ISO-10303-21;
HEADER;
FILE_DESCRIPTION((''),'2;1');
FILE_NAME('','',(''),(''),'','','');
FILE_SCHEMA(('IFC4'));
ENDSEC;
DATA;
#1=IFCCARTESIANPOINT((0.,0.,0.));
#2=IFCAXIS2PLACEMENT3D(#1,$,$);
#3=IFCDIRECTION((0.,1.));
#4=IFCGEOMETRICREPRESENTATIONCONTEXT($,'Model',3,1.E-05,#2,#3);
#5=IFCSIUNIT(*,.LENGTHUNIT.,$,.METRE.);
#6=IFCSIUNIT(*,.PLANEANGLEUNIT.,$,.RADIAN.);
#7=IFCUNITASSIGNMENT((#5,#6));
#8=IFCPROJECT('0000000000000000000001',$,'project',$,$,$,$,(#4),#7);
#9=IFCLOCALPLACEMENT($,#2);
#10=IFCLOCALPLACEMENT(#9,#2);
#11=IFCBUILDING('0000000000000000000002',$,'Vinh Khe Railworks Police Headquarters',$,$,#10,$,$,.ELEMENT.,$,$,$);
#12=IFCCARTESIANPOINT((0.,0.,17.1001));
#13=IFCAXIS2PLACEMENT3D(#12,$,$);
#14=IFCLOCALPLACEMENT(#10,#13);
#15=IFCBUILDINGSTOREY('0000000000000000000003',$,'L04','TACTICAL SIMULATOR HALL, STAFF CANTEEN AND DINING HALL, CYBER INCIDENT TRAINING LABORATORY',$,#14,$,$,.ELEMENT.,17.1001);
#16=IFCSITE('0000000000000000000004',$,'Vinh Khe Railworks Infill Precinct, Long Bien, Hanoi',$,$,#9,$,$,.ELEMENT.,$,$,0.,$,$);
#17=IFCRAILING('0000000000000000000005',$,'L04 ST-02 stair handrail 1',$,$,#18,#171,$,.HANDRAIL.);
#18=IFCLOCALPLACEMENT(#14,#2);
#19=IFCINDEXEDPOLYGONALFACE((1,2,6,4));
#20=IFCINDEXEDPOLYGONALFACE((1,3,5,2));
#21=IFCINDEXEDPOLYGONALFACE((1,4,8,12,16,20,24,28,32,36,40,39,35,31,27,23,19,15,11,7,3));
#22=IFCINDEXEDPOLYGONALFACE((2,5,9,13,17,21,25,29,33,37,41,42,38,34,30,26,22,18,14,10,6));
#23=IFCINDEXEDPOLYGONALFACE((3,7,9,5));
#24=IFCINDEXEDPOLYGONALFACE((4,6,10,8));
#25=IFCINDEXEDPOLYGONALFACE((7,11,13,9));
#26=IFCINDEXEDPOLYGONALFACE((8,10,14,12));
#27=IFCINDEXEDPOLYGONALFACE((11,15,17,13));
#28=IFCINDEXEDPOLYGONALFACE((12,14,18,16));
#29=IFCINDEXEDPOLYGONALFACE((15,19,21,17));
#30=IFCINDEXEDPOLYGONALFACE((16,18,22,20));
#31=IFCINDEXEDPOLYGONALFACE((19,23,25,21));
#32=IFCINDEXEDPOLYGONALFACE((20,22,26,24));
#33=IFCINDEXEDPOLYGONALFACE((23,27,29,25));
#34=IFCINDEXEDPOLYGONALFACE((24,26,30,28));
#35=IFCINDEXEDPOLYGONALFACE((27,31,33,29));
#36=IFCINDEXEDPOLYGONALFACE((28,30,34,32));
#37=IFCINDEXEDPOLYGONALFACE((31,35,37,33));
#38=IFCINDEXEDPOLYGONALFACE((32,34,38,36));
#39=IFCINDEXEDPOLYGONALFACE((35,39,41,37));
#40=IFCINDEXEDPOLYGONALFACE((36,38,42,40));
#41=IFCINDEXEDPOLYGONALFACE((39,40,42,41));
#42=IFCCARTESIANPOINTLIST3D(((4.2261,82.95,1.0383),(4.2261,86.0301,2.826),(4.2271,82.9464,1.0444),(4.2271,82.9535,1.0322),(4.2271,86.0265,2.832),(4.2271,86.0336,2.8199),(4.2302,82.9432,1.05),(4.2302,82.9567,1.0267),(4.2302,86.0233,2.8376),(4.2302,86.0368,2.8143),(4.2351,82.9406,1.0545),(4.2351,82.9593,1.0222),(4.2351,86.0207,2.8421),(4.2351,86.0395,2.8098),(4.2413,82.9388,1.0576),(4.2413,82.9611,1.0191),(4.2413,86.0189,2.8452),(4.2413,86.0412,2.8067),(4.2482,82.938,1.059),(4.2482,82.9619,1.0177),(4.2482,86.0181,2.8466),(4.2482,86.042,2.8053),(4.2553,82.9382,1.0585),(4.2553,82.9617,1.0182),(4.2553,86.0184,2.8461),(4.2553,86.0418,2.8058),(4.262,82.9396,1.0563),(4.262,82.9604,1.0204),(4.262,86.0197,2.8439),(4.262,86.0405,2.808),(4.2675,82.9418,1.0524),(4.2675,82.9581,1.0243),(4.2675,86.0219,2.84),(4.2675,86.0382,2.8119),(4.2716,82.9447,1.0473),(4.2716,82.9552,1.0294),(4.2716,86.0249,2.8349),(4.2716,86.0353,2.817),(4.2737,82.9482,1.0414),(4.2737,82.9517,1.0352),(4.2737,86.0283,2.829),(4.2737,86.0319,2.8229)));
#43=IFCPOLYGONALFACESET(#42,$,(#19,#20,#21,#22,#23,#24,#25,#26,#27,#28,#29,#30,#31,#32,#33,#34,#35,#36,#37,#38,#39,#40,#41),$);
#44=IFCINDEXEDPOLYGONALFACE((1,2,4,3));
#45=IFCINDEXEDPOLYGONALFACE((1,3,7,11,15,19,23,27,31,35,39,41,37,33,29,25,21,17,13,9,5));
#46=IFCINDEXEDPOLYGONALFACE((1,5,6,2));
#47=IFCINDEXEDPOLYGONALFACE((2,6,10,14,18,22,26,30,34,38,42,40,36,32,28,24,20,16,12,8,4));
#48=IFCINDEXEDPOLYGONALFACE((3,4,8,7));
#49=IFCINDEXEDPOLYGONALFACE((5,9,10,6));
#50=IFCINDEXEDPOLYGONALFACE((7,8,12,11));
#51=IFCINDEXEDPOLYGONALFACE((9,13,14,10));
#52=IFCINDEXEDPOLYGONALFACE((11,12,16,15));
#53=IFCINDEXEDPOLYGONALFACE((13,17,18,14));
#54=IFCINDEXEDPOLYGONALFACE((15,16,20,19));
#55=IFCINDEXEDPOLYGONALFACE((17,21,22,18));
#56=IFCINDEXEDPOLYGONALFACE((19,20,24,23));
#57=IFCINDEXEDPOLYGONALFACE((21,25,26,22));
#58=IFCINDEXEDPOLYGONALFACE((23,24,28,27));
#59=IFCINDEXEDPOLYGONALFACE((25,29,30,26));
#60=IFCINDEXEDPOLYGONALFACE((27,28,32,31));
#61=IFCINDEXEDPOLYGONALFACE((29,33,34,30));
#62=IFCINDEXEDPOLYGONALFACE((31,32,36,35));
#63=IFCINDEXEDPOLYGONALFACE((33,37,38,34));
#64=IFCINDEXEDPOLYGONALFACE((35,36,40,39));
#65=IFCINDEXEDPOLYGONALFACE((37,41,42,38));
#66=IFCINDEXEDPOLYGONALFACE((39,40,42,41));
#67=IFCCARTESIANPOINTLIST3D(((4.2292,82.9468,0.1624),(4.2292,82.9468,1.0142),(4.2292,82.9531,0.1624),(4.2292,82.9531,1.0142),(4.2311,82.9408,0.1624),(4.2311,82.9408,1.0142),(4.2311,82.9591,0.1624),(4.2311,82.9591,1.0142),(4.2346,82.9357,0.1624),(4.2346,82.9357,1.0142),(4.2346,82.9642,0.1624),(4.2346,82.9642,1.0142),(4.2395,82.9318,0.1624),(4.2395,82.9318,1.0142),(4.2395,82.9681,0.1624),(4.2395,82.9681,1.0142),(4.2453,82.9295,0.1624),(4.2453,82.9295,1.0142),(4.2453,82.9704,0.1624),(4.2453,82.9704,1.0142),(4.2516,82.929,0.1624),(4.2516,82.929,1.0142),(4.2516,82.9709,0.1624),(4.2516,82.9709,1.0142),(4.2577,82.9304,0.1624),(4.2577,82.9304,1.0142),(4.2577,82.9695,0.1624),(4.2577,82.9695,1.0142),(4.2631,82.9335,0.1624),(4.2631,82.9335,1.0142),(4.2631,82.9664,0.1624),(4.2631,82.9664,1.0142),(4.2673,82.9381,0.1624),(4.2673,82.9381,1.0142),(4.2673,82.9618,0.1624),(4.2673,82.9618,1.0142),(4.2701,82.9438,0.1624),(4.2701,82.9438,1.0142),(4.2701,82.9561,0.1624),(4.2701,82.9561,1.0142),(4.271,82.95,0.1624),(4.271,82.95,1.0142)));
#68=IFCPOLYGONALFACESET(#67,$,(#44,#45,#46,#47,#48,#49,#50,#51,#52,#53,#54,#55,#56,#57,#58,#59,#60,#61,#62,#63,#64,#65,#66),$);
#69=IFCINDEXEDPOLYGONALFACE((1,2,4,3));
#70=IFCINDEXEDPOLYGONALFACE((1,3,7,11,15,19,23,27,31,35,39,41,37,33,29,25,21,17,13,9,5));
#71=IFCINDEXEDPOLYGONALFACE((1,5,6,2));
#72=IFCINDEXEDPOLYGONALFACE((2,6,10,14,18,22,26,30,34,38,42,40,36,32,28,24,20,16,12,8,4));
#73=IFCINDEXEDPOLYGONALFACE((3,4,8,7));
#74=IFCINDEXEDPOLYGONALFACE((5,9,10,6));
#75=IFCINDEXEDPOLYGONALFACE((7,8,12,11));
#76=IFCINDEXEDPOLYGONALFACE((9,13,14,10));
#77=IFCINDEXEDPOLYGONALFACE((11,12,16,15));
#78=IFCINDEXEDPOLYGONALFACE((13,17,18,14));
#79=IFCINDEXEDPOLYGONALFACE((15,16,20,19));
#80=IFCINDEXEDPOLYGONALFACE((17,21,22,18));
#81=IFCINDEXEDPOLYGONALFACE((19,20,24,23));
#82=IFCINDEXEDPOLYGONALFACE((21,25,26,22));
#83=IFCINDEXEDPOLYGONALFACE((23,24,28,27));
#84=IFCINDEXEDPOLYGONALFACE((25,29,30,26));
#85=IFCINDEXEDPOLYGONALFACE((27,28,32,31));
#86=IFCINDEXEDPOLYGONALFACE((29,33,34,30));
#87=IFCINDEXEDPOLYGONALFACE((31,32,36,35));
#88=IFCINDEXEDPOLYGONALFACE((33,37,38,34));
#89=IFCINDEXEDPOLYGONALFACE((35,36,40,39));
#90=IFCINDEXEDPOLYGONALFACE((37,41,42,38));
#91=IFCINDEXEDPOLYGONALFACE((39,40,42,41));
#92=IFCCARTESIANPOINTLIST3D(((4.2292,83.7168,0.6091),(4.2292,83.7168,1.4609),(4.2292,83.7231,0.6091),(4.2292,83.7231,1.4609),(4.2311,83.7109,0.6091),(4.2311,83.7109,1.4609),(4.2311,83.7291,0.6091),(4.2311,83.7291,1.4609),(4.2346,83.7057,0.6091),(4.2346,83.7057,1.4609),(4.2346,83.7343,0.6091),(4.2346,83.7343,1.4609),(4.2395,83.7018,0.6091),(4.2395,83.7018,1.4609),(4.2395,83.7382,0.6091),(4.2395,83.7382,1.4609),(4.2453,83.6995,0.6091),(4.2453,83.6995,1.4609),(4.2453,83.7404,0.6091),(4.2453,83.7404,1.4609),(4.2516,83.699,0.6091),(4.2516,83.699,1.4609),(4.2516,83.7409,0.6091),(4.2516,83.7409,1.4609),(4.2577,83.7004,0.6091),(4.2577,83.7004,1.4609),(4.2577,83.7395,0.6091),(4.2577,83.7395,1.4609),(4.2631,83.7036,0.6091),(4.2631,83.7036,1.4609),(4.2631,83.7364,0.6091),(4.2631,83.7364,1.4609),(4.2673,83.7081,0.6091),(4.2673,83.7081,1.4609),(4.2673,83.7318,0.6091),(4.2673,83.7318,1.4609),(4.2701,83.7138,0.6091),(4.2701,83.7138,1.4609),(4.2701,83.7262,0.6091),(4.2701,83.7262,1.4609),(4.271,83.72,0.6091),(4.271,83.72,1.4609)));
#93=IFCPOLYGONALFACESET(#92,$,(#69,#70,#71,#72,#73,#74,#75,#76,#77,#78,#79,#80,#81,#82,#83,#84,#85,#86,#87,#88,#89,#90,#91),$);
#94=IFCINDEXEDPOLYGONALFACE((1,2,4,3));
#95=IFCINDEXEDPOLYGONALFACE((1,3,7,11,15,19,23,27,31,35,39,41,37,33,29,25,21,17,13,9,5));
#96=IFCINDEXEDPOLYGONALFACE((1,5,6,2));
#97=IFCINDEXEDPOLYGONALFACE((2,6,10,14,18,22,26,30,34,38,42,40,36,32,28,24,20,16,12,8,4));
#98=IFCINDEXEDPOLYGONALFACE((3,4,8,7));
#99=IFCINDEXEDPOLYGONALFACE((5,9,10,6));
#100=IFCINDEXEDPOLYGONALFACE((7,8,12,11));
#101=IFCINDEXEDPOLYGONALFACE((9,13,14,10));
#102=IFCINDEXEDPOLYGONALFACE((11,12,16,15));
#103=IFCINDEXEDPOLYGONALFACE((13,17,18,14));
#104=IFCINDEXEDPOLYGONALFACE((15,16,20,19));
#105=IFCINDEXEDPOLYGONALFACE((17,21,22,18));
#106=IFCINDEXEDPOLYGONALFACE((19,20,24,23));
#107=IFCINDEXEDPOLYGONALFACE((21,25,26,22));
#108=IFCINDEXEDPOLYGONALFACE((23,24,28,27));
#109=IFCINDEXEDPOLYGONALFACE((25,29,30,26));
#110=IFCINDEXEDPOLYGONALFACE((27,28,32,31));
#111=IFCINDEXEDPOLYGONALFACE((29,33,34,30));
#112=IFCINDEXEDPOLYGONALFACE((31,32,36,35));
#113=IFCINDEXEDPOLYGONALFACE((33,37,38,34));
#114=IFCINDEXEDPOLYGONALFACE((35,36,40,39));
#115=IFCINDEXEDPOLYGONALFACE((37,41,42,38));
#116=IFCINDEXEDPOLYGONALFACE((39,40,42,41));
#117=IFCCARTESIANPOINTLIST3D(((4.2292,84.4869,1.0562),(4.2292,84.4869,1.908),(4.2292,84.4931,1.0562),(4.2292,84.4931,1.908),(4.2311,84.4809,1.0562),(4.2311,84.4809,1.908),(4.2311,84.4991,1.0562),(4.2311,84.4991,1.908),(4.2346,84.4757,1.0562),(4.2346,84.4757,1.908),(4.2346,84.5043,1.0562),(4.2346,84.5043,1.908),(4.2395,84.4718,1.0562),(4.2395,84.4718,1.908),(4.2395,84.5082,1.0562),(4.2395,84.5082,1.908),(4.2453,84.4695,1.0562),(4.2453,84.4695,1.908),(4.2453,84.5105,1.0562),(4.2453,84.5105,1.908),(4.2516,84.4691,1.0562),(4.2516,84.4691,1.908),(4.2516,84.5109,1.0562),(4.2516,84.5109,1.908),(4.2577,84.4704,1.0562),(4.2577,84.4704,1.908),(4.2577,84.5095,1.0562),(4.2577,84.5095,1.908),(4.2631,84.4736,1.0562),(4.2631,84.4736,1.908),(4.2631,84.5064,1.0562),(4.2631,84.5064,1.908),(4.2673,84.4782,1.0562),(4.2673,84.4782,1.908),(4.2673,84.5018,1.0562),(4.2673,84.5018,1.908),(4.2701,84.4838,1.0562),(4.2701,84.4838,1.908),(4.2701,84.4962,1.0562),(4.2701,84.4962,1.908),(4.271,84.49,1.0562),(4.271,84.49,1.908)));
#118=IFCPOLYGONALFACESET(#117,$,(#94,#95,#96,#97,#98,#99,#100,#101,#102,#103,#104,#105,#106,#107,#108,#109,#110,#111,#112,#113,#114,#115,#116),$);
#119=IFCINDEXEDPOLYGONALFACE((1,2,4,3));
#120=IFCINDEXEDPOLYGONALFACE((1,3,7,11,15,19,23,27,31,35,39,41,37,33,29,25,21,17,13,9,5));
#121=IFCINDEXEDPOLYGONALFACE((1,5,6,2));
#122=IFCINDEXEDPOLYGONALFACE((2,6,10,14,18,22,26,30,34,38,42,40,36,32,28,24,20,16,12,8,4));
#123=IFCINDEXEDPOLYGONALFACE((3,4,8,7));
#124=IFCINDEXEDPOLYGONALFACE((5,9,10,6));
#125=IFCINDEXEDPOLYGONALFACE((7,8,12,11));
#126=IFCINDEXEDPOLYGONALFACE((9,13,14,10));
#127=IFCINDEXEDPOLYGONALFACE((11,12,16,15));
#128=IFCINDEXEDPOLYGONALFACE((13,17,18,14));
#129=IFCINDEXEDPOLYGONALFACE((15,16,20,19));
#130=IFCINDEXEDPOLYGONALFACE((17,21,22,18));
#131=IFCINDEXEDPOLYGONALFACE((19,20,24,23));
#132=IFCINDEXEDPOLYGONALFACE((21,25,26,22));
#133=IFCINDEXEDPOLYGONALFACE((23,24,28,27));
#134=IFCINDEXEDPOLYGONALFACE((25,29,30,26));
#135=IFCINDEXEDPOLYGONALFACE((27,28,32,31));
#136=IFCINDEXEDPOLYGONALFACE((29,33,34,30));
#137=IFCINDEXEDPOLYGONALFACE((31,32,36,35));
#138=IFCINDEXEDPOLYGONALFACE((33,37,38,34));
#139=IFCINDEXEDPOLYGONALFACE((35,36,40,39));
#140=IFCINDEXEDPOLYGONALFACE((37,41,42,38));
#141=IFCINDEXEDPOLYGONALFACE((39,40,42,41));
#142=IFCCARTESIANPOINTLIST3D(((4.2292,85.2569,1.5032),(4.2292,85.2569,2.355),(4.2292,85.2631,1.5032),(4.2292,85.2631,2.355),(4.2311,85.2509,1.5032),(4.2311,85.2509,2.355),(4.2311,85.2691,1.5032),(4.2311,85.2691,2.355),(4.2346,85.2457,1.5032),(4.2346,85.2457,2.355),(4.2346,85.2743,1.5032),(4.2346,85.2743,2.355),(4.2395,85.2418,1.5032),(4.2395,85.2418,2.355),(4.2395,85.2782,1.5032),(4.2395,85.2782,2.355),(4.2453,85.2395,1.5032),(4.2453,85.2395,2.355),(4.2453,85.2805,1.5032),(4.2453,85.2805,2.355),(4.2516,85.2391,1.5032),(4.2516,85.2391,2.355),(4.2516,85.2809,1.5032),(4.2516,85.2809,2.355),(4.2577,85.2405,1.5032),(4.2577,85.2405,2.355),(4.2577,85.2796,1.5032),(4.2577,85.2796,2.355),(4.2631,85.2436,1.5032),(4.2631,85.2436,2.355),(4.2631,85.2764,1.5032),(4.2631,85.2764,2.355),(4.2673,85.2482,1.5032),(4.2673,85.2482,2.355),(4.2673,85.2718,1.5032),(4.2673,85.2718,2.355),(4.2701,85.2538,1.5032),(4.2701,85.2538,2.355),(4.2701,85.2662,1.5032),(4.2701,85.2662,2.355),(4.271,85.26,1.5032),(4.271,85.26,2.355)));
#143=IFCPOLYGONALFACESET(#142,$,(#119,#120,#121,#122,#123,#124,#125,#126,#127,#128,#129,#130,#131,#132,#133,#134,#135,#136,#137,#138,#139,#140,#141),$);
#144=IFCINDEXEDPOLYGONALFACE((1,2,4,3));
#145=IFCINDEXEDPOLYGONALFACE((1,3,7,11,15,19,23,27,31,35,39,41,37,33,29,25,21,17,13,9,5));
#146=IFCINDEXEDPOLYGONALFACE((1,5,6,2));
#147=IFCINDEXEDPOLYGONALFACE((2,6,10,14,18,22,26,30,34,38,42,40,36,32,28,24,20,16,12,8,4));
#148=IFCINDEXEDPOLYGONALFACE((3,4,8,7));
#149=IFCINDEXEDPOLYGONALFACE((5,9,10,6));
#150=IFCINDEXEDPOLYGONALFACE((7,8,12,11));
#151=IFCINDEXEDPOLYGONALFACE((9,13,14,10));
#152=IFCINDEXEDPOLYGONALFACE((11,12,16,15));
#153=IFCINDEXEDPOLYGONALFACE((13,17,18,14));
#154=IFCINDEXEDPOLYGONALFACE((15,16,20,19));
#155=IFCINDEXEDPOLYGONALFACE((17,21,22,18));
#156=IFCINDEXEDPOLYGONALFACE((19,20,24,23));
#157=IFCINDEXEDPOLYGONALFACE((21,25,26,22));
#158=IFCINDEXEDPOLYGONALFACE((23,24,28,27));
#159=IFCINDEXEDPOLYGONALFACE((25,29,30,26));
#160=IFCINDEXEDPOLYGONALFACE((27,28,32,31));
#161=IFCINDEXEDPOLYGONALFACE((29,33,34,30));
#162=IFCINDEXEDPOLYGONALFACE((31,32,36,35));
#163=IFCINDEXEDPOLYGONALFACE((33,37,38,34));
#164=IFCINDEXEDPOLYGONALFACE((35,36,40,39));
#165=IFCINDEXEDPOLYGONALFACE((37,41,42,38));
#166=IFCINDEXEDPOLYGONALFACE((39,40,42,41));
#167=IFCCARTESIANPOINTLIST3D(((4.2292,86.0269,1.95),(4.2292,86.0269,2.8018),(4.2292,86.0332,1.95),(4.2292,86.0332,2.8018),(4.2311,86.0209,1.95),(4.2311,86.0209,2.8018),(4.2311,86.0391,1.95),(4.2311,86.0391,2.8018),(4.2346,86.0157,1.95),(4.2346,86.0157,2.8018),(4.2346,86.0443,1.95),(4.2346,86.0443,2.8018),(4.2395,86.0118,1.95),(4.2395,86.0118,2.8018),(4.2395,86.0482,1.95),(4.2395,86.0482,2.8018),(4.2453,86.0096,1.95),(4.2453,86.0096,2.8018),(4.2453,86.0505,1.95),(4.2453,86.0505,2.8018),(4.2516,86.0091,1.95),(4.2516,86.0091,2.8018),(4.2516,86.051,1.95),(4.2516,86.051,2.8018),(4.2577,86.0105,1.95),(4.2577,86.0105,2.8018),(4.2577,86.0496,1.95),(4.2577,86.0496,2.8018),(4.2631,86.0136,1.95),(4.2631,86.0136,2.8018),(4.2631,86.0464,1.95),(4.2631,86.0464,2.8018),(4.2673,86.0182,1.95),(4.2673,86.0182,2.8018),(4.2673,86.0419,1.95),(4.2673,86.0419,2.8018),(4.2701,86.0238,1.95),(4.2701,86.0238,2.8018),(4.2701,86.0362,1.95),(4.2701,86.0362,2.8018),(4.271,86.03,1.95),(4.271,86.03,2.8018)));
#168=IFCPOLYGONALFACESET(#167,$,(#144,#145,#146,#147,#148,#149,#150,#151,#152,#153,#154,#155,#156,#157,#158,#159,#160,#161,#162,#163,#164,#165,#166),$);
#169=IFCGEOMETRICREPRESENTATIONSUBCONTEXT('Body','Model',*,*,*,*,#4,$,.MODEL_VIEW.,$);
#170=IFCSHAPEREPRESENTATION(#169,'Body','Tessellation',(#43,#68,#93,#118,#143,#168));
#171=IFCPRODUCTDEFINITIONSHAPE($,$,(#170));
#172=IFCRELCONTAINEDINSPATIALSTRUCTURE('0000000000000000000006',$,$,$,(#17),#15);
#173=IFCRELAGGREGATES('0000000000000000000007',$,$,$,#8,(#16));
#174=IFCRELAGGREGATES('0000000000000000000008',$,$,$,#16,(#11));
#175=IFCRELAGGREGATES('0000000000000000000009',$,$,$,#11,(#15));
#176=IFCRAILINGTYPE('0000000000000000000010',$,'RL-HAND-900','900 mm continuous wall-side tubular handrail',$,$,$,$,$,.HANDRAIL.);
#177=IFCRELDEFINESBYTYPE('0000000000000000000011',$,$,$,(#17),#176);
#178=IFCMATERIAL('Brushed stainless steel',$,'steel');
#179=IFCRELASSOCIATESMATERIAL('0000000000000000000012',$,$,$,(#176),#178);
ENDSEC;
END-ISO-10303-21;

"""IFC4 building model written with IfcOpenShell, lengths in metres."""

from ifc_helpers import new_model, si_unit, direction, frame, origin, origin_2d, place, context, subcontext, project, spatial, circle, extrude, material, type_object, element, save


model = new_model("IFC4")

# Units and contexts
model_context = context("Model", 3, precision=1e-05, world=origin(), true_north=direction((0.0, 1.0)))
body_context = subcontext(model_context, "Body", "Model", "MODEL_VIEW")
ifc_project = project(units=[si_unit("LENGTHUNIT", "METRE"), si_unit("PLANEANGLEUNIT", "RADIAN")], contexts=[model_context])

# Site, building, storey
site_placement = place(None, origin())
site = spatial("IfcSite", under=ifc_project, at=site_placement, Name="Vinh Khe Railworks Infill Precinct, Long Bien, Hanoi", CompositionType="ELEMENT", RefElevation=0.0)
building_placement = place(site_placement, origin())
building = spatial("IfcBuilding", under=site, at=building_placement, Name="Vinh Khe Railworks Police Headquarters", CompositionType="ELEMENT")
storey_placement = place(building_placement, frame((0.0, 0.0, 17.1001)))
storey = spatial("IfcBuildingStorey", under=building, at=storey_placement, Name="L04", Description="TACTICAL SIMULATOR HALL, STAFF CANTEEN AND DINING HALL, CYBER INCIDENT TRAINING LABORATORY", CompositionType="ELEMENT", Elevation=17.1001)

# Railing
ifc_material_1 = material(Name="Brushed stainless steel", Category="steel")
railing_type_1 = type_object("IfcRailingType", Name="RL-HAND-900", Description="900 mm continuous wall-side tubular handrail", PredefinedType="HANDRAIL", material=ifc_material_1)
railing_1_placement = place(storey_placement, frame((4.25, 82.95, 0.1624)))
element("IfcRailing", 1, at=railing_1_placement, inside=storey, type_object=railing_type_1, Name="L04 ST-02 stair handrail 1", PredefinedType="HANDRAIL", context=body_context, shape_type="SweptSolid", body=[
    extrude(circle(Radius=0.0239, at=origin_2d()), frame((0.0, 0.0, 0.876), z_axis=(0.0, 0.864891, 0.50196), x_axis=(-1.0, 0.0, 0.0)), (0.0, 0.0, 1.0), 3.5613),
    extrude(circle(Radius=0.021, at=origin_2d()), origin(), (0.0, 0.0, 1.0), 0.8518),
    extrude(circle(Radius=0.021, at=origin_2d()), frame((0.0, 0.77, 0.4468)), (0.0, 0.0, 1.0), 0.8518),
    extrude(circle(Radius=0.021, at=origin_2d()), frame((0.0, 1.54, 0.8938)), (0.0, 0.0, 1.0), 0.8518),
    extrude(circle(Radius=0.021, at=origin_2d()), frame((0.0, 2.3101, 1.3408)), (0.0, 0.0, 1.0), 0.8518),
    extrude(circle(Radius=0.021, at=origin_2d()), frame((0.0, 3.0801, 1.7876)), (0.0, 0.0, 1.0), 0.8518),
])

save(model, "model.ifc")
